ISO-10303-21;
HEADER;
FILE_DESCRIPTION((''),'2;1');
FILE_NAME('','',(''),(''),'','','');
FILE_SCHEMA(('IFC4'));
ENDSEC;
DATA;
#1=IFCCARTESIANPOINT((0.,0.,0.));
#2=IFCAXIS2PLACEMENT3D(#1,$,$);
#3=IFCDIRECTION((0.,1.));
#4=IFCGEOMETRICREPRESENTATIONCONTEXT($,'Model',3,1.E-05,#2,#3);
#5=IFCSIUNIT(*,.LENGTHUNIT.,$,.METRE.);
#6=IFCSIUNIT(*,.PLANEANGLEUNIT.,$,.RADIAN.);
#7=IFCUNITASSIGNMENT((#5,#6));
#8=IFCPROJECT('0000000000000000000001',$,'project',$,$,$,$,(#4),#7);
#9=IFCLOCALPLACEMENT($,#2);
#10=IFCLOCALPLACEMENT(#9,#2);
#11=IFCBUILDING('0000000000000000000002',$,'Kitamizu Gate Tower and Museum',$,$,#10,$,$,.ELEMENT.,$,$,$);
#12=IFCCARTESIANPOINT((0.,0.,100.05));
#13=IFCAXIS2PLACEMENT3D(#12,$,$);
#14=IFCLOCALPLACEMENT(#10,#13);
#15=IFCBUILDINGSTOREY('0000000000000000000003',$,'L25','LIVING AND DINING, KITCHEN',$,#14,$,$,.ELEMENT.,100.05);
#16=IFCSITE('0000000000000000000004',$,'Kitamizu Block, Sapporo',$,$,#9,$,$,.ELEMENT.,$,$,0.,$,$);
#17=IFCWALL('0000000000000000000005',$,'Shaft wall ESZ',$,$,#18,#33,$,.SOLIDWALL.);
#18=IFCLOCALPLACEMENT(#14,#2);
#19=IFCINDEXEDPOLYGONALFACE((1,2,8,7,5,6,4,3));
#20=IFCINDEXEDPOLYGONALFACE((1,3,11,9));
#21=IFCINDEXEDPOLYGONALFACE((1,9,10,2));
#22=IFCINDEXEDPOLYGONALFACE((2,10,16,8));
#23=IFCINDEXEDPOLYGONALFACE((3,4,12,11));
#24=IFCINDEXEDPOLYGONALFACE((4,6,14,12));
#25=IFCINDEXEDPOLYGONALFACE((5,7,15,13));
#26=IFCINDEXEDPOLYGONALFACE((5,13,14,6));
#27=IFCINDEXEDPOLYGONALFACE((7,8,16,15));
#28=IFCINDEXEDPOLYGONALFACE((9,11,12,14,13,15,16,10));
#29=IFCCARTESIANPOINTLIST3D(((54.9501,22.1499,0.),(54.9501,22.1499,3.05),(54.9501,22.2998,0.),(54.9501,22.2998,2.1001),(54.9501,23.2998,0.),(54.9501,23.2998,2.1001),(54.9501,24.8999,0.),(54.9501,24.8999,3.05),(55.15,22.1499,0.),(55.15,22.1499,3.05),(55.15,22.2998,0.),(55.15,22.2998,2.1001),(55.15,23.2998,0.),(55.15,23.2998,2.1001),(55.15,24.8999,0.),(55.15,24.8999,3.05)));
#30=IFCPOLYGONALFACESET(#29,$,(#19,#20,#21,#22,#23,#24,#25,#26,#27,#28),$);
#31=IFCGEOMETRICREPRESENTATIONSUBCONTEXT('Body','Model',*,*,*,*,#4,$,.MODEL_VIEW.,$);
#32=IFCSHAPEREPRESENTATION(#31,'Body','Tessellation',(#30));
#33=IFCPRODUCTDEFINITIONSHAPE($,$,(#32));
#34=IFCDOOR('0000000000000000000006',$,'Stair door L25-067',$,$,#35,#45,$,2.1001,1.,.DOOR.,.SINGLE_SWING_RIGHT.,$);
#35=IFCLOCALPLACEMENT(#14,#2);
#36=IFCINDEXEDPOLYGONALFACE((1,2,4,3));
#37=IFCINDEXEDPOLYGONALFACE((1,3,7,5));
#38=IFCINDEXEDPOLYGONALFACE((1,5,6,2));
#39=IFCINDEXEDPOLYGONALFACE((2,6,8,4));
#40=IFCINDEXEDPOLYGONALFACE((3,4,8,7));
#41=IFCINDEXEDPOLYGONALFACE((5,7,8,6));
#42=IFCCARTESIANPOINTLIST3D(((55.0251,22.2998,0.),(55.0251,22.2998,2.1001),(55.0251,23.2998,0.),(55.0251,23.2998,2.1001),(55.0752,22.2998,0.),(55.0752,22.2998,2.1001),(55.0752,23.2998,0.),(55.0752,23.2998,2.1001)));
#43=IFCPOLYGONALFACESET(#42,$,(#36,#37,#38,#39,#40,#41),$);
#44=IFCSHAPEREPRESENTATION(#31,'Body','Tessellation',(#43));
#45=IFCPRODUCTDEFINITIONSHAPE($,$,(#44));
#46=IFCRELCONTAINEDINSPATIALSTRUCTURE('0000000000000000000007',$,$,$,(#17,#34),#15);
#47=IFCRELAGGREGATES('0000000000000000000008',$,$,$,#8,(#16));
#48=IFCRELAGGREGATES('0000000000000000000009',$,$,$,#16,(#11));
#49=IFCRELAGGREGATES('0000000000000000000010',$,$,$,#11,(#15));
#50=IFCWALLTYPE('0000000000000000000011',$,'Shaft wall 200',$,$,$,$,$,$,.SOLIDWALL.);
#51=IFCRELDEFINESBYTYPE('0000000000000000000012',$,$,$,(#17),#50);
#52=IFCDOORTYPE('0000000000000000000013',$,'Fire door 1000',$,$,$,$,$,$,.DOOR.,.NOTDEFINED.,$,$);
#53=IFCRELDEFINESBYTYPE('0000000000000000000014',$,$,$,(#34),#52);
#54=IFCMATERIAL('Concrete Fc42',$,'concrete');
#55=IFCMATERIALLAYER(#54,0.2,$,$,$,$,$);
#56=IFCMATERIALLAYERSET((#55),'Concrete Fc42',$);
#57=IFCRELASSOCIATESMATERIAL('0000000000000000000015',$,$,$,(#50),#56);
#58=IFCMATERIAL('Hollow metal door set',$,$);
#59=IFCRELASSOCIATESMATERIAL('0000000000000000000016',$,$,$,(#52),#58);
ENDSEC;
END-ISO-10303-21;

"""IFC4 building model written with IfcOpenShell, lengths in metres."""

from ifc_helpers import new_model, si_unit, direction, frame, frame_2d, origin, place, context, subcontext, project, spatial, rectangle, extrude, material, layer, layer_set, type_object, element, fill, save


model = new_model("IFC4")

# Units and contexts
model_context = context("Model", 3, precision=1e-05, world=origin(), true_north=direction((0.0, 1.0)))
body_context = subcontext(model_context, "Body", "Model", "MODEL_VIEW")
ifc_project = project(units=[si_unit("LENGTHUNIT", "METRE"), si_unit("PLANEANGLEUNIT", "RADIAN")], contexts=[model_context])

# Site, building, storey
site_placement = place(None, origin())
site = spatial("IfcSite", under=ifc_project, at=site_placement, Name="Kitamizu Block, Sapporo", CompositionType="ELEMENT", RefElevation=0.0)
building_placement = place(site_placement, origin())
building = spatial("IfcBuilding", under=site, at=building_placement, Name="Kitamizu Gate Tower and Museum", CompositionType="ELEMENT")
storey_placement = place(building_placement, frame((0.0, 0.0, 100.05)))
storey = spatial("IfcBuildingStorey", under=building, at=storey_placement, Name="L25", Description="LIVING AND DINING, KITCHEN", CompositionType="ELEMENT", Elevation=100.05)

# Wall, opening, door
ifc_material_1 = material(Name="Concrete Fc42", Category="concrete")
ifc_layer_1 = layer(ifc_material_1, 0.2)
ifc_layer_set_1 = layer_set([ifc_layer_1], Name="Concrete Fc42")
wall_type_1 = type_object("IfcWallType", Name="Shaft wall 200", PredefinedType="SOLIDWALL", material=ifc_layer_set_1)
wall_1_placement = place(storey_placement, frame((55.05, 22.1499, 0.0), z_axis=(0.0, 0.0, 1.0), x_axis=(0.0, 1.0, 0.0)))
wall_1 = element("IfcWall", 1, at=wall_1_placement, inside=storey, type_object=wall_type_1, Name="Shaft wall ESZ", PredefinedType="SOLIDWALL", context=body_context, shape_type="SweptSolid", body=[
    extrude(rectangle(XDim=2.75, YDim=0.2, at=frame_2d((1.375, 0.0))), origin(), (0.0, 0.0, 1.0), 3.05),
])
opening_1_placement = place(wall_1_placement, frame((0.1499, 0.0, 0.0)))
opening_1 = element("IfcOpeningElement", 2, at=opening_1_placement, cuts=wall_1, PredefinedType="OPENING", context=body_context, shape_type="SweptSolid", body=[
    extrude(rectangle(XDim=1.0, YDim=2.1001, at=frame_2d((0.5, 1.05))), frame((0.0, 0.1099, 0.0), z_axis=(0.0, -1.0, 0.0), x_axis=(1.0, 0.0, 0.0)), (0.0, 0.0, 1.0), 0.22),
])
ifc_material_2 = material(Name="Hollow metal door set")
door_type_1 = type_object("IfcDoorType", Name="Fire door 1000", OperationType="NOTDEFINED", PredefinedType="DOOR", material=ifc_material_2)
door_1_placement = place(opening_1_placement, origin())
door_1 = element("IfcDoor", 3, at=door_1_placement, inside=storey, type_object=door_type_1, Name="Stair door L25-067", OperationType="SINGLE_SWING_RIGHT", OverallHeight=2.1001, OverallWidth=1.0, PredefinedType="DOOR", context=body_context, shape_type="SweptSolid", body=[
    extrude(rectangle(XDim=1.0, YDim=2.1001, at=frame_2d((0.5, 1.05))), frame((0.0, 0.0249, 0.0), z_axis=(0.0, -1.0, 0.0), x_axis=(1.0, 0.0, 0.0)), (0.0, 0.0, 1.0), 0.05),
])
fill(opening_1, door_1)

save(model, "model.ifc")
